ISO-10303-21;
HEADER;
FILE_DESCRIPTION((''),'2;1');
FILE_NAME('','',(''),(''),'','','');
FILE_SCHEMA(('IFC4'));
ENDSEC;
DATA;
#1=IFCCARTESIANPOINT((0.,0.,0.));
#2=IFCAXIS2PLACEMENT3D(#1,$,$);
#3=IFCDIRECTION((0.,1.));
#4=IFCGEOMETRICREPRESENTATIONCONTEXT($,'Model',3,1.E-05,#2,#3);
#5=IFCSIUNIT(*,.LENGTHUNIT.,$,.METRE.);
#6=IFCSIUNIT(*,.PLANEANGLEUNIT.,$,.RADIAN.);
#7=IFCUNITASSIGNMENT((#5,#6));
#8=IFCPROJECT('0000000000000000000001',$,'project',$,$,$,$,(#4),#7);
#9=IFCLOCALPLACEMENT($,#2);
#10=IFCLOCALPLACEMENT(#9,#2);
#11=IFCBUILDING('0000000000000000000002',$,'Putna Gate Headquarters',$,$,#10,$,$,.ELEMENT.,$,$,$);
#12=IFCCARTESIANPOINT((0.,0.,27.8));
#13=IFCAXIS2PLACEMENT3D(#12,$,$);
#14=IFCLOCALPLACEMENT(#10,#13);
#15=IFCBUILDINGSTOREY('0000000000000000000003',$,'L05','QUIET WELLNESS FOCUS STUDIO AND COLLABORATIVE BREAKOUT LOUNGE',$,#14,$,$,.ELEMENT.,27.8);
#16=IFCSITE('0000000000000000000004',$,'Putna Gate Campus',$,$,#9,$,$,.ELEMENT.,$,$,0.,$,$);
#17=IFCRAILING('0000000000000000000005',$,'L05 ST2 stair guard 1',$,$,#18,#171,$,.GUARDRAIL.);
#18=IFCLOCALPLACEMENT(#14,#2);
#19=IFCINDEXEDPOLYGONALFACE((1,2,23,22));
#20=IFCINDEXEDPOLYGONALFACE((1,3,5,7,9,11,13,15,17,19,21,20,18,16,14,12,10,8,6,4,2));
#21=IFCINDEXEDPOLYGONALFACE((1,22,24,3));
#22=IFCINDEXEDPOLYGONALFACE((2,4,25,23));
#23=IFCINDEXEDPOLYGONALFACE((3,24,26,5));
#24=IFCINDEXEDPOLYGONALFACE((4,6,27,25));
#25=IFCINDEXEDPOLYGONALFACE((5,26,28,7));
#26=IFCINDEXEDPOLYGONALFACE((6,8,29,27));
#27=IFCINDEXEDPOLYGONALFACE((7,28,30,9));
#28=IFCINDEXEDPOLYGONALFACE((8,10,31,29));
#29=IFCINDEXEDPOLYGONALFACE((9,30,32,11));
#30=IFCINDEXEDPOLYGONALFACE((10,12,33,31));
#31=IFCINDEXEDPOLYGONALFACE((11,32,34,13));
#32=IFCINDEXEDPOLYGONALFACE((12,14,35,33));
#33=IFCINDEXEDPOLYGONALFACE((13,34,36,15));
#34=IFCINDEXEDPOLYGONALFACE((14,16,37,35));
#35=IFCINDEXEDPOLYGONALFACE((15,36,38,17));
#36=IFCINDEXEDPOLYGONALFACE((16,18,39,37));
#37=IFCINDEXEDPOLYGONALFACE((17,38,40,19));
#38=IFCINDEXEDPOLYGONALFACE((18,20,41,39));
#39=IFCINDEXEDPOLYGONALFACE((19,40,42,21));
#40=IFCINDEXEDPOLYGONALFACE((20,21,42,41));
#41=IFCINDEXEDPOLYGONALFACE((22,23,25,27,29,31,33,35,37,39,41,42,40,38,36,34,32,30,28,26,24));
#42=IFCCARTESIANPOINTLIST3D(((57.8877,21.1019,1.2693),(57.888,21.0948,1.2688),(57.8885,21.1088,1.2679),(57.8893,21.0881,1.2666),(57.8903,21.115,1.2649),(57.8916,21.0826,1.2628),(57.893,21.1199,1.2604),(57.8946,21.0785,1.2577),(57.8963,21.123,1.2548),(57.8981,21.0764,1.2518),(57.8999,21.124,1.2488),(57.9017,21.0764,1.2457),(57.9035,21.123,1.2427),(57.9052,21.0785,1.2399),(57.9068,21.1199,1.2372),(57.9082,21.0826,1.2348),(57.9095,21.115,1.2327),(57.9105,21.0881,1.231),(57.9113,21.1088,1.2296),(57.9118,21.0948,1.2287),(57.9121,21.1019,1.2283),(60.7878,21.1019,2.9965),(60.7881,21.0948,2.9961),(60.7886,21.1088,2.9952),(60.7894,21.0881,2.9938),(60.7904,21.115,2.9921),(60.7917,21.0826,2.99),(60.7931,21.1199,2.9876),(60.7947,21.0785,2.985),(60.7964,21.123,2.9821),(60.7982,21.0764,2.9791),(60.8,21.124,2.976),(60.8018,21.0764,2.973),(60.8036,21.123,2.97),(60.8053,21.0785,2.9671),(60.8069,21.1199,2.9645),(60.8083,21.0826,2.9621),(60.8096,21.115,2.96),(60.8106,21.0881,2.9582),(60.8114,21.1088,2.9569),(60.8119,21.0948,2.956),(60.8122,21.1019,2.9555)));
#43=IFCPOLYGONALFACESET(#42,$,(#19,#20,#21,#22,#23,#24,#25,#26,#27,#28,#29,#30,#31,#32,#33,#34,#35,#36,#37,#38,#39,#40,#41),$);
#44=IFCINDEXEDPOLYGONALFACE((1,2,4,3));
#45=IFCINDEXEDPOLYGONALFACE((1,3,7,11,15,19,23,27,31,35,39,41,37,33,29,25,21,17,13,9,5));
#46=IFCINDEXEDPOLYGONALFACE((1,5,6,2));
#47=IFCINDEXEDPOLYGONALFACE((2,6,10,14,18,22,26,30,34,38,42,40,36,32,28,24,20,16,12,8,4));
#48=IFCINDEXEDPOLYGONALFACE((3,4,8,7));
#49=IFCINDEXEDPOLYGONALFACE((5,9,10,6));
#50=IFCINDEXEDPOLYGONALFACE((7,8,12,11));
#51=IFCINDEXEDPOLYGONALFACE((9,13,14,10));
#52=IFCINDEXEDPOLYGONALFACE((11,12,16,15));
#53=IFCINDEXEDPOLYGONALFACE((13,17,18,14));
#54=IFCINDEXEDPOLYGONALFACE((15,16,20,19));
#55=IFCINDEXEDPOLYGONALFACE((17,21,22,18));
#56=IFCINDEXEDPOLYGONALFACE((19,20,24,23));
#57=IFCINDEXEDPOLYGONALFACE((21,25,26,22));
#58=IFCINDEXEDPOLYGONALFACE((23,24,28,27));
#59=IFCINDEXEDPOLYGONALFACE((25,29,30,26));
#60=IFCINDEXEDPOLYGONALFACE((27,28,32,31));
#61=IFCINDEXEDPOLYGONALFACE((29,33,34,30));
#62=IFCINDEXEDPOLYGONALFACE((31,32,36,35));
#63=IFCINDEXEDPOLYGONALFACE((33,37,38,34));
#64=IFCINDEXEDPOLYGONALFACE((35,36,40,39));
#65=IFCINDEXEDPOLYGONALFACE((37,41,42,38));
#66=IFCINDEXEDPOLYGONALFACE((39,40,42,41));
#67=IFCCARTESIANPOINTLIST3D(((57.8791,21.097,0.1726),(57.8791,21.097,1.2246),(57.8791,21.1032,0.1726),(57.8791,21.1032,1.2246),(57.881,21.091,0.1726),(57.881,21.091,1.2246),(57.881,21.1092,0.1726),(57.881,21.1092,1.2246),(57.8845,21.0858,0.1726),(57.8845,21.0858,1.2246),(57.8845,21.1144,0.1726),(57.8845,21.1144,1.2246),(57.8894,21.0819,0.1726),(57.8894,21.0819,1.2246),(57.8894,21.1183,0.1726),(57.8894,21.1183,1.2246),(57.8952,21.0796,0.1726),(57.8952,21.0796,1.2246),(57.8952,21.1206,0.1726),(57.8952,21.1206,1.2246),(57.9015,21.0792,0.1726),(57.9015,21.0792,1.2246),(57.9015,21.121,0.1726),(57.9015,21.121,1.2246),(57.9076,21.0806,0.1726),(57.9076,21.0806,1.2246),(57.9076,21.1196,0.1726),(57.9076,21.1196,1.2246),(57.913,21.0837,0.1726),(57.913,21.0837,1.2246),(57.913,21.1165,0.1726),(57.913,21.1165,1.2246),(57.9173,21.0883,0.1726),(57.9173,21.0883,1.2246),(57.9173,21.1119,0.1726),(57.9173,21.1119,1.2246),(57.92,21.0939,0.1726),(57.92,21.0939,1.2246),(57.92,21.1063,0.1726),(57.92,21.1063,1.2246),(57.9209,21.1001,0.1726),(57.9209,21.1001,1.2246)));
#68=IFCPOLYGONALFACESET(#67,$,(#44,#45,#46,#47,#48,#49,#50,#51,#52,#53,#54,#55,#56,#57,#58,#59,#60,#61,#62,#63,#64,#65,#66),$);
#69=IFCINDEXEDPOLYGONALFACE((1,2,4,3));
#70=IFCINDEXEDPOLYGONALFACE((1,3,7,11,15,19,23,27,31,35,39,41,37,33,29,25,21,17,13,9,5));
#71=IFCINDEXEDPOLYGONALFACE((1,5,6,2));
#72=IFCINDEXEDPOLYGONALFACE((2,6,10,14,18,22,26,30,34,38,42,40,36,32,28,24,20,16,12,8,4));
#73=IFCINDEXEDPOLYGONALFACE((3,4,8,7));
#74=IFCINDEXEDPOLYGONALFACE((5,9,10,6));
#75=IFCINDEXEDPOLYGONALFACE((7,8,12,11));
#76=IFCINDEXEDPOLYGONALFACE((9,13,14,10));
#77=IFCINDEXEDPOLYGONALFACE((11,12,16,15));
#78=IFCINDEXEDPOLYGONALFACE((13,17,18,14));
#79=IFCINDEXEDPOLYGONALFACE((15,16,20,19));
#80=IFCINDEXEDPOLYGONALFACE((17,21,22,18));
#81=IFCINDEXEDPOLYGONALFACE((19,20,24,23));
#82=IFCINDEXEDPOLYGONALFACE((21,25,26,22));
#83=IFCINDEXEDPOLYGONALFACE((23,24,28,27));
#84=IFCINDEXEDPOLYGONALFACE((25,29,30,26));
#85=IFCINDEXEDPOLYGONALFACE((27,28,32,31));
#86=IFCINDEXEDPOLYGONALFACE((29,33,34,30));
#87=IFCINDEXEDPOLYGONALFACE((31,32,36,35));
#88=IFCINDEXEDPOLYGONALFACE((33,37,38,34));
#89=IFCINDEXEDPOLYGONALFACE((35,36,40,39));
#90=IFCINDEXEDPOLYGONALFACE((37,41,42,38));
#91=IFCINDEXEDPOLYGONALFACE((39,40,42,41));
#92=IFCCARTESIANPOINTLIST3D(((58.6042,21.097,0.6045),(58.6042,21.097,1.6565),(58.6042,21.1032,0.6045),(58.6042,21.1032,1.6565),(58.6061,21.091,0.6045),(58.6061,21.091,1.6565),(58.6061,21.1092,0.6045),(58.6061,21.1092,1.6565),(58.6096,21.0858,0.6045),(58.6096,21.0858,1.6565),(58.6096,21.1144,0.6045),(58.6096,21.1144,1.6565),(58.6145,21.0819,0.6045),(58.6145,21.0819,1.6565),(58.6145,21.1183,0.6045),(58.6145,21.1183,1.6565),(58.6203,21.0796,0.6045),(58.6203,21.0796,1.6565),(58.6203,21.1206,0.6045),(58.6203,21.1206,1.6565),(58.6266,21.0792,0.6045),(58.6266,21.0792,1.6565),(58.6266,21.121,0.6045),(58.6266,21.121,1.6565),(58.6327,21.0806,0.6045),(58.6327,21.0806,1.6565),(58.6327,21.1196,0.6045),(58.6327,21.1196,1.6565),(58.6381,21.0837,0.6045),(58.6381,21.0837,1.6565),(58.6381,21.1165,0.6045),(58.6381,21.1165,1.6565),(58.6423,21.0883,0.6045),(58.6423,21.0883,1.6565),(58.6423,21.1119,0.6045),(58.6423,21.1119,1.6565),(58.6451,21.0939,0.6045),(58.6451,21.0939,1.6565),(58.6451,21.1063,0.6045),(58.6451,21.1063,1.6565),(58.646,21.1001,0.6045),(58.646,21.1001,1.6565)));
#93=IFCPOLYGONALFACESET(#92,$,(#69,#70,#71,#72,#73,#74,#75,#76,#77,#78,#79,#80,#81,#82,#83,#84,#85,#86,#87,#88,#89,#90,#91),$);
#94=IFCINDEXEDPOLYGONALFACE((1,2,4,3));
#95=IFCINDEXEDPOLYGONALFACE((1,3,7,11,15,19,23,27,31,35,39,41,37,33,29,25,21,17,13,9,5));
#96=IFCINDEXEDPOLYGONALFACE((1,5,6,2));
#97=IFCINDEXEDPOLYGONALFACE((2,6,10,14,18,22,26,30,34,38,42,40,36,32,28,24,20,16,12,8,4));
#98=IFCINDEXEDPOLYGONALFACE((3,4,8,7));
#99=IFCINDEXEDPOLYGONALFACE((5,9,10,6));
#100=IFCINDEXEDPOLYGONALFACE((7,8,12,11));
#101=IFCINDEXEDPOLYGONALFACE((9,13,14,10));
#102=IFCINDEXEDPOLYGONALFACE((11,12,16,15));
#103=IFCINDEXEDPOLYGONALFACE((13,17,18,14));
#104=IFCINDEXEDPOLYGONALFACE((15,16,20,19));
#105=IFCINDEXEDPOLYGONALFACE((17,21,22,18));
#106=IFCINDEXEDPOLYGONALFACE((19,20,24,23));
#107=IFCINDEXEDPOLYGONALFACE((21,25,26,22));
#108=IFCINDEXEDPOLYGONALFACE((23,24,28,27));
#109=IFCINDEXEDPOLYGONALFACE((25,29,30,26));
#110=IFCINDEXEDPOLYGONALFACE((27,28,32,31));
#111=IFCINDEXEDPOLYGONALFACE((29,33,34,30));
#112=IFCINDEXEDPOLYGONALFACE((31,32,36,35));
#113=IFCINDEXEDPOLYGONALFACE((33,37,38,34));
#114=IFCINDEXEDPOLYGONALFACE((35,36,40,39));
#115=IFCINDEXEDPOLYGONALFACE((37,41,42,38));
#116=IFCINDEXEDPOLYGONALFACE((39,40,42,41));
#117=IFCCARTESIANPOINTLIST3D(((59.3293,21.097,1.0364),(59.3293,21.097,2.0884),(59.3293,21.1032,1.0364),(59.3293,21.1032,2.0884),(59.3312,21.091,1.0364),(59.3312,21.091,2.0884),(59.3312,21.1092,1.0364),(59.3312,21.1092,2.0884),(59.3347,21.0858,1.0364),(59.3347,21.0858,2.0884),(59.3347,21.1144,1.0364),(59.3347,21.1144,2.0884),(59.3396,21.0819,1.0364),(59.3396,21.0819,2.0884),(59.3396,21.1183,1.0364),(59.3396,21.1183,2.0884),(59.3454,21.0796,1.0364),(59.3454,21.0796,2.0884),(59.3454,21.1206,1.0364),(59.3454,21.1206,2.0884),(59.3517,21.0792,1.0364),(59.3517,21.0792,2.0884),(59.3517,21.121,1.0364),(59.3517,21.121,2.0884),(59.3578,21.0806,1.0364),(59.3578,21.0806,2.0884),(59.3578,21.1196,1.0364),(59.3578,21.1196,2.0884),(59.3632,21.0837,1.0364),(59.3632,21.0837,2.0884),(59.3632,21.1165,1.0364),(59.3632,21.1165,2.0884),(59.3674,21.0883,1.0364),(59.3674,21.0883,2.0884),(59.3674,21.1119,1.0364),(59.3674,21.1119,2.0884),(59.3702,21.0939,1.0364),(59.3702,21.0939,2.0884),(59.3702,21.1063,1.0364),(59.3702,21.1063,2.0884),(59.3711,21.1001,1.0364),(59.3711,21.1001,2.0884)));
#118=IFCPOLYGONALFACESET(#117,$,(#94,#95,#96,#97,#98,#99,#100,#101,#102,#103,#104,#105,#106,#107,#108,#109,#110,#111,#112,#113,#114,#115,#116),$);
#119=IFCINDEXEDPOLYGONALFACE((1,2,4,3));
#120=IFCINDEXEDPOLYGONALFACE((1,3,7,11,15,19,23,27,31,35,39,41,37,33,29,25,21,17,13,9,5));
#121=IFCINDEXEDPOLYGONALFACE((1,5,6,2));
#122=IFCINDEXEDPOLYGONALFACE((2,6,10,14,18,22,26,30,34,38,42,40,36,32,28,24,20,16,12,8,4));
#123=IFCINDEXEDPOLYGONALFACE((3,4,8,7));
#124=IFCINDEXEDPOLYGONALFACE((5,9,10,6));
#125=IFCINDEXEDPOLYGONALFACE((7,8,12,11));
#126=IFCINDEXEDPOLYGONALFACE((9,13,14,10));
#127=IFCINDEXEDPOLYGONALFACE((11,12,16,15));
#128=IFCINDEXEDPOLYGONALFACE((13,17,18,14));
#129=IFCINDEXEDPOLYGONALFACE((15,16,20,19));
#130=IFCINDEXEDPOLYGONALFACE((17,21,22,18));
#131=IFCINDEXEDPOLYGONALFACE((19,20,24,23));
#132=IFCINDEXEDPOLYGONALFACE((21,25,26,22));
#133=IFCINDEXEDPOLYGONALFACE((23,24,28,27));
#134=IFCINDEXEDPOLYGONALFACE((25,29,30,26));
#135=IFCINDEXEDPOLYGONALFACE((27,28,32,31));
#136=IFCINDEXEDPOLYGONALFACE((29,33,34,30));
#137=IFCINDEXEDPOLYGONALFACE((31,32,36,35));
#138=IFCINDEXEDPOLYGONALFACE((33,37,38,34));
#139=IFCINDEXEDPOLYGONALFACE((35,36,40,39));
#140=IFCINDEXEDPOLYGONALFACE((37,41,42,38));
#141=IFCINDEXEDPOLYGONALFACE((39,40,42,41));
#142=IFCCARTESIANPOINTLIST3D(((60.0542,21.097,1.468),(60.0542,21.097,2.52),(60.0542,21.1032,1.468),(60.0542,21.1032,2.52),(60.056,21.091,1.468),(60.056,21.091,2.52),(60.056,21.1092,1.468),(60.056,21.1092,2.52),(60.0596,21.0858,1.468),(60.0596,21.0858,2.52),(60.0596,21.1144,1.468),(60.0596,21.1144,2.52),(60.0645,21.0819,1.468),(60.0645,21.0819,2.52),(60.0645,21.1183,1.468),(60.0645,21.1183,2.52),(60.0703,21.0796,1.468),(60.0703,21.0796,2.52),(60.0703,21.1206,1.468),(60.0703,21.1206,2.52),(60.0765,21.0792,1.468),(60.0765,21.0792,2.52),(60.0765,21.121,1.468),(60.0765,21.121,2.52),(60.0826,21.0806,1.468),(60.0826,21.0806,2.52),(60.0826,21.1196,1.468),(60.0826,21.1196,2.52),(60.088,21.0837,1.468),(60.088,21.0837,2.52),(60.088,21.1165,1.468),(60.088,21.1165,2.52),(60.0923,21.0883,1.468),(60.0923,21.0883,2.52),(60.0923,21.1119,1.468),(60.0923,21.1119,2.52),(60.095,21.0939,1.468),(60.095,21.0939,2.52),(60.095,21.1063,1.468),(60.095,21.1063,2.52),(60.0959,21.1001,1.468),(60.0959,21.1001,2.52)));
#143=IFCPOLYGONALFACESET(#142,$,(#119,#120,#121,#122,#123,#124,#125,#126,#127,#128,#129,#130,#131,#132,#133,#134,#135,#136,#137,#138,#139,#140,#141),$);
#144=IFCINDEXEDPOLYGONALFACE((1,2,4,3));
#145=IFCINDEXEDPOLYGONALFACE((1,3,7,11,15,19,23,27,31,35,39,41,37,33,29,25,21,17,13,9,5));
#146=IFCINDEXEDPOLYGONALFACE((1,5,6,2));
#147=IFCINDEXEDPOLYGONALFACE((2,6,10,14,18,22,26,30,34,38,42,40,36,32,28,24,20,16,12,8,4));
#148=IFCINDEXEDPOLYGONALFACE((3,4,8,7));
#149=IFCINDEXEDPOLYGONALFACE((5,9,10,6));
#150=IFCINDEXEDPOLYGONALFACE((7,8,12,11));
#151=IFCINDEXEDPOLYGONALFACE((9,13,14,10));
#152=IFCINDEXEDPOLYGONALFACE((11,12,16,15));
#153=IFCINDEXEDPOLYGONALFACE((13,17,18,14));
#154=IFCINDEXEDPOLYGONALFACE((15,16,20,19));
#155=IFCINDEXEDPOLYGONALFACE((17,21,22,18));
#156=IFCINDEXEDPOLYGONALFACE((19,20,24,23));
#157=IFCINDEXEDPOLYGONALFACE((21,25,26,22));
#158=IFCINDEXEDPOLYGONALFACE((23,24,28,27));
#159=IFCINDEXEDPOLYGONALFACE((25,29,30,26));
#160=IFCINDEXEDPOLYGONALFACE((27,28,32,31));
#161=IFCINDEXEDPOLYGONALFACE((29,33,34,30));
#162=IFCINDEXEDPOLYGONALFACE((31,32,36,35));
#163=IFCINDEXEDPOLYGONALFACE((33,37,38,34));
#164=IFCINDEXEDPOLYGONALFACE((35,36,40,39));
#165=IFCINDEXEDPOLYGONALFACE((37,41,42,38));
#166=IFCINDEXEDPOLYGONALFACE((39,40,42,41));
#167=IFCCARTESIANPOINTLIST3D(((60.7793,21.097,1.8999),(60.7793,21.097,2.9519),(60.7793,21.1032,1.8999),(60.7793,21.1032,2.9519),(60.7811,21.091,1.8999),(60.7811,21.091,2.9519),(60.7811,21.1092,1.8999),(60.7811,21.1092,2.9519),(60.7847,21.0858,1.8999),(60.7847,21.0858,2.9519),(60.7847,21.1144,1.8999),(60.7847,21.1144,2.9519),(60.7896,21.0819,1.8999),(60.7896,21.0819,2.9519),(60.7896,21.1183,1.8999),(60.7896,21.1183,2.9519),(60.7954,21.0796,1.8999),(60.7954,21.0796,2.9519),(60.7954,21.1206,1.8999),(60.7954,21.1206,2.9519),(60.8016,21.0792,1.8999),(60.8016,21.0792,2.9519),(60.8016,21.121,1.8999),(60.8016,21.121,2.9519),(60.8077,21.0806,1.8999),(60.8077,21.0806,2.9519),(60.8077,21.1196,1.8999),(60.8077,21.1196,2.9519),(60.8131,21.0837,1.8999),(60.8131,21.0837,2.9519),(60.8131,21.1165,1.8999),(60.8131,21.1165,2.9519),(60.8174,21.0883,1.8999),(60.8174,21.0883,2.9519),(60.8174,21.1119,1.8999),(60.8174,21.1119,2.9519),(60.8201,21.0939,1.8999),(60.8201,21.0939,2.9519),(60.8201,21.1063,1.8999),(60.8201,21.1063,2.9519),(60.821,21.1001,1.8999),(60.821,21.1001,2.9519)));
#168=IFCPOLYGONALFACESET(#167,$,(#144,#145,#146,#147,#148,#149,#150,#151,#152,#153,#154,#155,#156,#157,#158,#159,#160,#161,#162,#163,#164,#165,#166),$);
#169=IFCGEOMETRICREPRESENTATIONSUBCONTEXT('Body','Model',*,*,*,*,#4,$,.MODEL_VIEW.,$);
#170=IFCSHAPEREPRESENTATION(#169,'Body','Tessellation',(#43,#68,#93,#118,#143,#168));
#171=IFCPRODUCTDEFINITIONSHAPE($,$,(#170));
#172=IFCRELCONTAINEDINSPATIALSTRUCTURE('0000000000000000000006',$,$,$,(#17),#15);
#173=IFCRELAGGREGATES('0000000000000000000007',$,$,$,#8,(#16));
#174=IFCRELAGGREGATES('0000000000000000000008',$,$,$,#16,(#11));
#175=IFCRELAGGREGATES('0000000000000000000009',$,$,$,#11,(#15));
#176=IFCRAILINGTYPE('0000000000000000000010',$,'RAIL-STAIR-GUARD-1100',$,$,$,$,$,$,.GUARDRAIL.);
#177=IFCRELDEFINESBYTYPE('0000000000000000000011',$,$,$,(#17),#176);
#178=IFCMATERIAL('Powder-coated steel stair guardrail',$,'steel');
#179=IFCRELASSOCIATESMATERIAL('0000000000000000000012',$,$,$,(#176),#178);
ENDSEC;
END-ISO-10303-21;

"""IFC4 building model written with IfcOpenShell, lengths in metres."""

from ifc_helpers import new_model, si_unit, direction, frame, origin, origin_2d, place, context, subcontext, project, spatial, circle, extrude, material, type_object, element, save


model = new_model("IFC4")

# Units and contexts
model_context = context("Model", 3, precision=1e-05, world=origin(), true_north=direction((0.0, 1.0)))
body_context = subcontext(model_context, "Body", "Model", "MODEL_VIEW")
ifc_project = project(units=[si_unit("LENGTHUNIT", "METRE"), si_unit("PLANEANGLEUNIT", "RADIAN")], contexts=[model_context])

# Site, building, storey
site_placement = place(None, origin())
site = spatial("IfcSite", under=ifc_project, at=site_placement, Name="Putna Gate Campus", CompositionType="ELEMENT", RefElevation=0.0)
building_placement = place(site_placement, origin())
building = spatial("IfcBuilding", under=site, at=building_placement, Name="Putna Gate Headquarters", CompositionType="ELEMENT")
storey_placement = place(building_placement, frame((0.0, 0.0, 27.8)))
storey = spatial("IfcBuildingStorey", under=building, at=storey_placement, Name="L05", Description="QUIET WELLNESS FOCUS STUDIO AND COLLABORATIVE BREAKOUT LOUNGE", CompositionType="ELEMENT", Elevation=27.8)

# Railing
ifc_material_1 = material(Name="Powder-coated steel stair guardrail", Category="steel")
railing_type = type_object("IfcRailingType", Name="RAIL-STAIR-GUARD-1100", PredefinedType="GUARDRAIL", material=ifc_material_1)
railing_1_placement = place(storey_placement, frame((57.8999, 21.1001, 0.1726)))
element("IfcRailing", 1, at=railing_1_placement, inside=storey, type_object=railing_type, Name="L05 ST2 stair guard 1", PredefinedType="GUARDRAIL", context=body_context, shape_type="SweptSolid", body=[
    extrude(circle(Radius=0.0239, at=origin_2d()), frame((0.0, 0.0, 1.0762), z_axis=(0.85916, 0.0, 0.511706), x_axis=(0.0, 1.0, 0.0)), (0.0, 0.0, 1.0), 3.3755),
    extrude(circle(Radius=0.021, at=origin_2d()), origin(), (0.0, 0.0, 1.0), 1.052),
    extrude(circle(Radius=0.021, at=origin_2d()), frame((0.7251, 0.0, 0.4319)), (0.0, 0.0, 1.0), 1.052),
    extrude(circle(Radius=0.021, at=origin_2d()), frame((1.4502, 0.0, 0.8638)), (0.0, 0.0, 1.0), 1.052),
    extrude(circle(Radius=0.021, at=origin_2d()), frame((2.175, 0.0, 1.2954)), (0.0, 0.0, 1.0), 1.052),
    extrude(circle(Radius=0.021, at=origin_2d()), frame((2.9001, 0.0, 1.7273)), (0.0, 0.0, 1.0), 1.052),
])

save(model, "model.ifc")
